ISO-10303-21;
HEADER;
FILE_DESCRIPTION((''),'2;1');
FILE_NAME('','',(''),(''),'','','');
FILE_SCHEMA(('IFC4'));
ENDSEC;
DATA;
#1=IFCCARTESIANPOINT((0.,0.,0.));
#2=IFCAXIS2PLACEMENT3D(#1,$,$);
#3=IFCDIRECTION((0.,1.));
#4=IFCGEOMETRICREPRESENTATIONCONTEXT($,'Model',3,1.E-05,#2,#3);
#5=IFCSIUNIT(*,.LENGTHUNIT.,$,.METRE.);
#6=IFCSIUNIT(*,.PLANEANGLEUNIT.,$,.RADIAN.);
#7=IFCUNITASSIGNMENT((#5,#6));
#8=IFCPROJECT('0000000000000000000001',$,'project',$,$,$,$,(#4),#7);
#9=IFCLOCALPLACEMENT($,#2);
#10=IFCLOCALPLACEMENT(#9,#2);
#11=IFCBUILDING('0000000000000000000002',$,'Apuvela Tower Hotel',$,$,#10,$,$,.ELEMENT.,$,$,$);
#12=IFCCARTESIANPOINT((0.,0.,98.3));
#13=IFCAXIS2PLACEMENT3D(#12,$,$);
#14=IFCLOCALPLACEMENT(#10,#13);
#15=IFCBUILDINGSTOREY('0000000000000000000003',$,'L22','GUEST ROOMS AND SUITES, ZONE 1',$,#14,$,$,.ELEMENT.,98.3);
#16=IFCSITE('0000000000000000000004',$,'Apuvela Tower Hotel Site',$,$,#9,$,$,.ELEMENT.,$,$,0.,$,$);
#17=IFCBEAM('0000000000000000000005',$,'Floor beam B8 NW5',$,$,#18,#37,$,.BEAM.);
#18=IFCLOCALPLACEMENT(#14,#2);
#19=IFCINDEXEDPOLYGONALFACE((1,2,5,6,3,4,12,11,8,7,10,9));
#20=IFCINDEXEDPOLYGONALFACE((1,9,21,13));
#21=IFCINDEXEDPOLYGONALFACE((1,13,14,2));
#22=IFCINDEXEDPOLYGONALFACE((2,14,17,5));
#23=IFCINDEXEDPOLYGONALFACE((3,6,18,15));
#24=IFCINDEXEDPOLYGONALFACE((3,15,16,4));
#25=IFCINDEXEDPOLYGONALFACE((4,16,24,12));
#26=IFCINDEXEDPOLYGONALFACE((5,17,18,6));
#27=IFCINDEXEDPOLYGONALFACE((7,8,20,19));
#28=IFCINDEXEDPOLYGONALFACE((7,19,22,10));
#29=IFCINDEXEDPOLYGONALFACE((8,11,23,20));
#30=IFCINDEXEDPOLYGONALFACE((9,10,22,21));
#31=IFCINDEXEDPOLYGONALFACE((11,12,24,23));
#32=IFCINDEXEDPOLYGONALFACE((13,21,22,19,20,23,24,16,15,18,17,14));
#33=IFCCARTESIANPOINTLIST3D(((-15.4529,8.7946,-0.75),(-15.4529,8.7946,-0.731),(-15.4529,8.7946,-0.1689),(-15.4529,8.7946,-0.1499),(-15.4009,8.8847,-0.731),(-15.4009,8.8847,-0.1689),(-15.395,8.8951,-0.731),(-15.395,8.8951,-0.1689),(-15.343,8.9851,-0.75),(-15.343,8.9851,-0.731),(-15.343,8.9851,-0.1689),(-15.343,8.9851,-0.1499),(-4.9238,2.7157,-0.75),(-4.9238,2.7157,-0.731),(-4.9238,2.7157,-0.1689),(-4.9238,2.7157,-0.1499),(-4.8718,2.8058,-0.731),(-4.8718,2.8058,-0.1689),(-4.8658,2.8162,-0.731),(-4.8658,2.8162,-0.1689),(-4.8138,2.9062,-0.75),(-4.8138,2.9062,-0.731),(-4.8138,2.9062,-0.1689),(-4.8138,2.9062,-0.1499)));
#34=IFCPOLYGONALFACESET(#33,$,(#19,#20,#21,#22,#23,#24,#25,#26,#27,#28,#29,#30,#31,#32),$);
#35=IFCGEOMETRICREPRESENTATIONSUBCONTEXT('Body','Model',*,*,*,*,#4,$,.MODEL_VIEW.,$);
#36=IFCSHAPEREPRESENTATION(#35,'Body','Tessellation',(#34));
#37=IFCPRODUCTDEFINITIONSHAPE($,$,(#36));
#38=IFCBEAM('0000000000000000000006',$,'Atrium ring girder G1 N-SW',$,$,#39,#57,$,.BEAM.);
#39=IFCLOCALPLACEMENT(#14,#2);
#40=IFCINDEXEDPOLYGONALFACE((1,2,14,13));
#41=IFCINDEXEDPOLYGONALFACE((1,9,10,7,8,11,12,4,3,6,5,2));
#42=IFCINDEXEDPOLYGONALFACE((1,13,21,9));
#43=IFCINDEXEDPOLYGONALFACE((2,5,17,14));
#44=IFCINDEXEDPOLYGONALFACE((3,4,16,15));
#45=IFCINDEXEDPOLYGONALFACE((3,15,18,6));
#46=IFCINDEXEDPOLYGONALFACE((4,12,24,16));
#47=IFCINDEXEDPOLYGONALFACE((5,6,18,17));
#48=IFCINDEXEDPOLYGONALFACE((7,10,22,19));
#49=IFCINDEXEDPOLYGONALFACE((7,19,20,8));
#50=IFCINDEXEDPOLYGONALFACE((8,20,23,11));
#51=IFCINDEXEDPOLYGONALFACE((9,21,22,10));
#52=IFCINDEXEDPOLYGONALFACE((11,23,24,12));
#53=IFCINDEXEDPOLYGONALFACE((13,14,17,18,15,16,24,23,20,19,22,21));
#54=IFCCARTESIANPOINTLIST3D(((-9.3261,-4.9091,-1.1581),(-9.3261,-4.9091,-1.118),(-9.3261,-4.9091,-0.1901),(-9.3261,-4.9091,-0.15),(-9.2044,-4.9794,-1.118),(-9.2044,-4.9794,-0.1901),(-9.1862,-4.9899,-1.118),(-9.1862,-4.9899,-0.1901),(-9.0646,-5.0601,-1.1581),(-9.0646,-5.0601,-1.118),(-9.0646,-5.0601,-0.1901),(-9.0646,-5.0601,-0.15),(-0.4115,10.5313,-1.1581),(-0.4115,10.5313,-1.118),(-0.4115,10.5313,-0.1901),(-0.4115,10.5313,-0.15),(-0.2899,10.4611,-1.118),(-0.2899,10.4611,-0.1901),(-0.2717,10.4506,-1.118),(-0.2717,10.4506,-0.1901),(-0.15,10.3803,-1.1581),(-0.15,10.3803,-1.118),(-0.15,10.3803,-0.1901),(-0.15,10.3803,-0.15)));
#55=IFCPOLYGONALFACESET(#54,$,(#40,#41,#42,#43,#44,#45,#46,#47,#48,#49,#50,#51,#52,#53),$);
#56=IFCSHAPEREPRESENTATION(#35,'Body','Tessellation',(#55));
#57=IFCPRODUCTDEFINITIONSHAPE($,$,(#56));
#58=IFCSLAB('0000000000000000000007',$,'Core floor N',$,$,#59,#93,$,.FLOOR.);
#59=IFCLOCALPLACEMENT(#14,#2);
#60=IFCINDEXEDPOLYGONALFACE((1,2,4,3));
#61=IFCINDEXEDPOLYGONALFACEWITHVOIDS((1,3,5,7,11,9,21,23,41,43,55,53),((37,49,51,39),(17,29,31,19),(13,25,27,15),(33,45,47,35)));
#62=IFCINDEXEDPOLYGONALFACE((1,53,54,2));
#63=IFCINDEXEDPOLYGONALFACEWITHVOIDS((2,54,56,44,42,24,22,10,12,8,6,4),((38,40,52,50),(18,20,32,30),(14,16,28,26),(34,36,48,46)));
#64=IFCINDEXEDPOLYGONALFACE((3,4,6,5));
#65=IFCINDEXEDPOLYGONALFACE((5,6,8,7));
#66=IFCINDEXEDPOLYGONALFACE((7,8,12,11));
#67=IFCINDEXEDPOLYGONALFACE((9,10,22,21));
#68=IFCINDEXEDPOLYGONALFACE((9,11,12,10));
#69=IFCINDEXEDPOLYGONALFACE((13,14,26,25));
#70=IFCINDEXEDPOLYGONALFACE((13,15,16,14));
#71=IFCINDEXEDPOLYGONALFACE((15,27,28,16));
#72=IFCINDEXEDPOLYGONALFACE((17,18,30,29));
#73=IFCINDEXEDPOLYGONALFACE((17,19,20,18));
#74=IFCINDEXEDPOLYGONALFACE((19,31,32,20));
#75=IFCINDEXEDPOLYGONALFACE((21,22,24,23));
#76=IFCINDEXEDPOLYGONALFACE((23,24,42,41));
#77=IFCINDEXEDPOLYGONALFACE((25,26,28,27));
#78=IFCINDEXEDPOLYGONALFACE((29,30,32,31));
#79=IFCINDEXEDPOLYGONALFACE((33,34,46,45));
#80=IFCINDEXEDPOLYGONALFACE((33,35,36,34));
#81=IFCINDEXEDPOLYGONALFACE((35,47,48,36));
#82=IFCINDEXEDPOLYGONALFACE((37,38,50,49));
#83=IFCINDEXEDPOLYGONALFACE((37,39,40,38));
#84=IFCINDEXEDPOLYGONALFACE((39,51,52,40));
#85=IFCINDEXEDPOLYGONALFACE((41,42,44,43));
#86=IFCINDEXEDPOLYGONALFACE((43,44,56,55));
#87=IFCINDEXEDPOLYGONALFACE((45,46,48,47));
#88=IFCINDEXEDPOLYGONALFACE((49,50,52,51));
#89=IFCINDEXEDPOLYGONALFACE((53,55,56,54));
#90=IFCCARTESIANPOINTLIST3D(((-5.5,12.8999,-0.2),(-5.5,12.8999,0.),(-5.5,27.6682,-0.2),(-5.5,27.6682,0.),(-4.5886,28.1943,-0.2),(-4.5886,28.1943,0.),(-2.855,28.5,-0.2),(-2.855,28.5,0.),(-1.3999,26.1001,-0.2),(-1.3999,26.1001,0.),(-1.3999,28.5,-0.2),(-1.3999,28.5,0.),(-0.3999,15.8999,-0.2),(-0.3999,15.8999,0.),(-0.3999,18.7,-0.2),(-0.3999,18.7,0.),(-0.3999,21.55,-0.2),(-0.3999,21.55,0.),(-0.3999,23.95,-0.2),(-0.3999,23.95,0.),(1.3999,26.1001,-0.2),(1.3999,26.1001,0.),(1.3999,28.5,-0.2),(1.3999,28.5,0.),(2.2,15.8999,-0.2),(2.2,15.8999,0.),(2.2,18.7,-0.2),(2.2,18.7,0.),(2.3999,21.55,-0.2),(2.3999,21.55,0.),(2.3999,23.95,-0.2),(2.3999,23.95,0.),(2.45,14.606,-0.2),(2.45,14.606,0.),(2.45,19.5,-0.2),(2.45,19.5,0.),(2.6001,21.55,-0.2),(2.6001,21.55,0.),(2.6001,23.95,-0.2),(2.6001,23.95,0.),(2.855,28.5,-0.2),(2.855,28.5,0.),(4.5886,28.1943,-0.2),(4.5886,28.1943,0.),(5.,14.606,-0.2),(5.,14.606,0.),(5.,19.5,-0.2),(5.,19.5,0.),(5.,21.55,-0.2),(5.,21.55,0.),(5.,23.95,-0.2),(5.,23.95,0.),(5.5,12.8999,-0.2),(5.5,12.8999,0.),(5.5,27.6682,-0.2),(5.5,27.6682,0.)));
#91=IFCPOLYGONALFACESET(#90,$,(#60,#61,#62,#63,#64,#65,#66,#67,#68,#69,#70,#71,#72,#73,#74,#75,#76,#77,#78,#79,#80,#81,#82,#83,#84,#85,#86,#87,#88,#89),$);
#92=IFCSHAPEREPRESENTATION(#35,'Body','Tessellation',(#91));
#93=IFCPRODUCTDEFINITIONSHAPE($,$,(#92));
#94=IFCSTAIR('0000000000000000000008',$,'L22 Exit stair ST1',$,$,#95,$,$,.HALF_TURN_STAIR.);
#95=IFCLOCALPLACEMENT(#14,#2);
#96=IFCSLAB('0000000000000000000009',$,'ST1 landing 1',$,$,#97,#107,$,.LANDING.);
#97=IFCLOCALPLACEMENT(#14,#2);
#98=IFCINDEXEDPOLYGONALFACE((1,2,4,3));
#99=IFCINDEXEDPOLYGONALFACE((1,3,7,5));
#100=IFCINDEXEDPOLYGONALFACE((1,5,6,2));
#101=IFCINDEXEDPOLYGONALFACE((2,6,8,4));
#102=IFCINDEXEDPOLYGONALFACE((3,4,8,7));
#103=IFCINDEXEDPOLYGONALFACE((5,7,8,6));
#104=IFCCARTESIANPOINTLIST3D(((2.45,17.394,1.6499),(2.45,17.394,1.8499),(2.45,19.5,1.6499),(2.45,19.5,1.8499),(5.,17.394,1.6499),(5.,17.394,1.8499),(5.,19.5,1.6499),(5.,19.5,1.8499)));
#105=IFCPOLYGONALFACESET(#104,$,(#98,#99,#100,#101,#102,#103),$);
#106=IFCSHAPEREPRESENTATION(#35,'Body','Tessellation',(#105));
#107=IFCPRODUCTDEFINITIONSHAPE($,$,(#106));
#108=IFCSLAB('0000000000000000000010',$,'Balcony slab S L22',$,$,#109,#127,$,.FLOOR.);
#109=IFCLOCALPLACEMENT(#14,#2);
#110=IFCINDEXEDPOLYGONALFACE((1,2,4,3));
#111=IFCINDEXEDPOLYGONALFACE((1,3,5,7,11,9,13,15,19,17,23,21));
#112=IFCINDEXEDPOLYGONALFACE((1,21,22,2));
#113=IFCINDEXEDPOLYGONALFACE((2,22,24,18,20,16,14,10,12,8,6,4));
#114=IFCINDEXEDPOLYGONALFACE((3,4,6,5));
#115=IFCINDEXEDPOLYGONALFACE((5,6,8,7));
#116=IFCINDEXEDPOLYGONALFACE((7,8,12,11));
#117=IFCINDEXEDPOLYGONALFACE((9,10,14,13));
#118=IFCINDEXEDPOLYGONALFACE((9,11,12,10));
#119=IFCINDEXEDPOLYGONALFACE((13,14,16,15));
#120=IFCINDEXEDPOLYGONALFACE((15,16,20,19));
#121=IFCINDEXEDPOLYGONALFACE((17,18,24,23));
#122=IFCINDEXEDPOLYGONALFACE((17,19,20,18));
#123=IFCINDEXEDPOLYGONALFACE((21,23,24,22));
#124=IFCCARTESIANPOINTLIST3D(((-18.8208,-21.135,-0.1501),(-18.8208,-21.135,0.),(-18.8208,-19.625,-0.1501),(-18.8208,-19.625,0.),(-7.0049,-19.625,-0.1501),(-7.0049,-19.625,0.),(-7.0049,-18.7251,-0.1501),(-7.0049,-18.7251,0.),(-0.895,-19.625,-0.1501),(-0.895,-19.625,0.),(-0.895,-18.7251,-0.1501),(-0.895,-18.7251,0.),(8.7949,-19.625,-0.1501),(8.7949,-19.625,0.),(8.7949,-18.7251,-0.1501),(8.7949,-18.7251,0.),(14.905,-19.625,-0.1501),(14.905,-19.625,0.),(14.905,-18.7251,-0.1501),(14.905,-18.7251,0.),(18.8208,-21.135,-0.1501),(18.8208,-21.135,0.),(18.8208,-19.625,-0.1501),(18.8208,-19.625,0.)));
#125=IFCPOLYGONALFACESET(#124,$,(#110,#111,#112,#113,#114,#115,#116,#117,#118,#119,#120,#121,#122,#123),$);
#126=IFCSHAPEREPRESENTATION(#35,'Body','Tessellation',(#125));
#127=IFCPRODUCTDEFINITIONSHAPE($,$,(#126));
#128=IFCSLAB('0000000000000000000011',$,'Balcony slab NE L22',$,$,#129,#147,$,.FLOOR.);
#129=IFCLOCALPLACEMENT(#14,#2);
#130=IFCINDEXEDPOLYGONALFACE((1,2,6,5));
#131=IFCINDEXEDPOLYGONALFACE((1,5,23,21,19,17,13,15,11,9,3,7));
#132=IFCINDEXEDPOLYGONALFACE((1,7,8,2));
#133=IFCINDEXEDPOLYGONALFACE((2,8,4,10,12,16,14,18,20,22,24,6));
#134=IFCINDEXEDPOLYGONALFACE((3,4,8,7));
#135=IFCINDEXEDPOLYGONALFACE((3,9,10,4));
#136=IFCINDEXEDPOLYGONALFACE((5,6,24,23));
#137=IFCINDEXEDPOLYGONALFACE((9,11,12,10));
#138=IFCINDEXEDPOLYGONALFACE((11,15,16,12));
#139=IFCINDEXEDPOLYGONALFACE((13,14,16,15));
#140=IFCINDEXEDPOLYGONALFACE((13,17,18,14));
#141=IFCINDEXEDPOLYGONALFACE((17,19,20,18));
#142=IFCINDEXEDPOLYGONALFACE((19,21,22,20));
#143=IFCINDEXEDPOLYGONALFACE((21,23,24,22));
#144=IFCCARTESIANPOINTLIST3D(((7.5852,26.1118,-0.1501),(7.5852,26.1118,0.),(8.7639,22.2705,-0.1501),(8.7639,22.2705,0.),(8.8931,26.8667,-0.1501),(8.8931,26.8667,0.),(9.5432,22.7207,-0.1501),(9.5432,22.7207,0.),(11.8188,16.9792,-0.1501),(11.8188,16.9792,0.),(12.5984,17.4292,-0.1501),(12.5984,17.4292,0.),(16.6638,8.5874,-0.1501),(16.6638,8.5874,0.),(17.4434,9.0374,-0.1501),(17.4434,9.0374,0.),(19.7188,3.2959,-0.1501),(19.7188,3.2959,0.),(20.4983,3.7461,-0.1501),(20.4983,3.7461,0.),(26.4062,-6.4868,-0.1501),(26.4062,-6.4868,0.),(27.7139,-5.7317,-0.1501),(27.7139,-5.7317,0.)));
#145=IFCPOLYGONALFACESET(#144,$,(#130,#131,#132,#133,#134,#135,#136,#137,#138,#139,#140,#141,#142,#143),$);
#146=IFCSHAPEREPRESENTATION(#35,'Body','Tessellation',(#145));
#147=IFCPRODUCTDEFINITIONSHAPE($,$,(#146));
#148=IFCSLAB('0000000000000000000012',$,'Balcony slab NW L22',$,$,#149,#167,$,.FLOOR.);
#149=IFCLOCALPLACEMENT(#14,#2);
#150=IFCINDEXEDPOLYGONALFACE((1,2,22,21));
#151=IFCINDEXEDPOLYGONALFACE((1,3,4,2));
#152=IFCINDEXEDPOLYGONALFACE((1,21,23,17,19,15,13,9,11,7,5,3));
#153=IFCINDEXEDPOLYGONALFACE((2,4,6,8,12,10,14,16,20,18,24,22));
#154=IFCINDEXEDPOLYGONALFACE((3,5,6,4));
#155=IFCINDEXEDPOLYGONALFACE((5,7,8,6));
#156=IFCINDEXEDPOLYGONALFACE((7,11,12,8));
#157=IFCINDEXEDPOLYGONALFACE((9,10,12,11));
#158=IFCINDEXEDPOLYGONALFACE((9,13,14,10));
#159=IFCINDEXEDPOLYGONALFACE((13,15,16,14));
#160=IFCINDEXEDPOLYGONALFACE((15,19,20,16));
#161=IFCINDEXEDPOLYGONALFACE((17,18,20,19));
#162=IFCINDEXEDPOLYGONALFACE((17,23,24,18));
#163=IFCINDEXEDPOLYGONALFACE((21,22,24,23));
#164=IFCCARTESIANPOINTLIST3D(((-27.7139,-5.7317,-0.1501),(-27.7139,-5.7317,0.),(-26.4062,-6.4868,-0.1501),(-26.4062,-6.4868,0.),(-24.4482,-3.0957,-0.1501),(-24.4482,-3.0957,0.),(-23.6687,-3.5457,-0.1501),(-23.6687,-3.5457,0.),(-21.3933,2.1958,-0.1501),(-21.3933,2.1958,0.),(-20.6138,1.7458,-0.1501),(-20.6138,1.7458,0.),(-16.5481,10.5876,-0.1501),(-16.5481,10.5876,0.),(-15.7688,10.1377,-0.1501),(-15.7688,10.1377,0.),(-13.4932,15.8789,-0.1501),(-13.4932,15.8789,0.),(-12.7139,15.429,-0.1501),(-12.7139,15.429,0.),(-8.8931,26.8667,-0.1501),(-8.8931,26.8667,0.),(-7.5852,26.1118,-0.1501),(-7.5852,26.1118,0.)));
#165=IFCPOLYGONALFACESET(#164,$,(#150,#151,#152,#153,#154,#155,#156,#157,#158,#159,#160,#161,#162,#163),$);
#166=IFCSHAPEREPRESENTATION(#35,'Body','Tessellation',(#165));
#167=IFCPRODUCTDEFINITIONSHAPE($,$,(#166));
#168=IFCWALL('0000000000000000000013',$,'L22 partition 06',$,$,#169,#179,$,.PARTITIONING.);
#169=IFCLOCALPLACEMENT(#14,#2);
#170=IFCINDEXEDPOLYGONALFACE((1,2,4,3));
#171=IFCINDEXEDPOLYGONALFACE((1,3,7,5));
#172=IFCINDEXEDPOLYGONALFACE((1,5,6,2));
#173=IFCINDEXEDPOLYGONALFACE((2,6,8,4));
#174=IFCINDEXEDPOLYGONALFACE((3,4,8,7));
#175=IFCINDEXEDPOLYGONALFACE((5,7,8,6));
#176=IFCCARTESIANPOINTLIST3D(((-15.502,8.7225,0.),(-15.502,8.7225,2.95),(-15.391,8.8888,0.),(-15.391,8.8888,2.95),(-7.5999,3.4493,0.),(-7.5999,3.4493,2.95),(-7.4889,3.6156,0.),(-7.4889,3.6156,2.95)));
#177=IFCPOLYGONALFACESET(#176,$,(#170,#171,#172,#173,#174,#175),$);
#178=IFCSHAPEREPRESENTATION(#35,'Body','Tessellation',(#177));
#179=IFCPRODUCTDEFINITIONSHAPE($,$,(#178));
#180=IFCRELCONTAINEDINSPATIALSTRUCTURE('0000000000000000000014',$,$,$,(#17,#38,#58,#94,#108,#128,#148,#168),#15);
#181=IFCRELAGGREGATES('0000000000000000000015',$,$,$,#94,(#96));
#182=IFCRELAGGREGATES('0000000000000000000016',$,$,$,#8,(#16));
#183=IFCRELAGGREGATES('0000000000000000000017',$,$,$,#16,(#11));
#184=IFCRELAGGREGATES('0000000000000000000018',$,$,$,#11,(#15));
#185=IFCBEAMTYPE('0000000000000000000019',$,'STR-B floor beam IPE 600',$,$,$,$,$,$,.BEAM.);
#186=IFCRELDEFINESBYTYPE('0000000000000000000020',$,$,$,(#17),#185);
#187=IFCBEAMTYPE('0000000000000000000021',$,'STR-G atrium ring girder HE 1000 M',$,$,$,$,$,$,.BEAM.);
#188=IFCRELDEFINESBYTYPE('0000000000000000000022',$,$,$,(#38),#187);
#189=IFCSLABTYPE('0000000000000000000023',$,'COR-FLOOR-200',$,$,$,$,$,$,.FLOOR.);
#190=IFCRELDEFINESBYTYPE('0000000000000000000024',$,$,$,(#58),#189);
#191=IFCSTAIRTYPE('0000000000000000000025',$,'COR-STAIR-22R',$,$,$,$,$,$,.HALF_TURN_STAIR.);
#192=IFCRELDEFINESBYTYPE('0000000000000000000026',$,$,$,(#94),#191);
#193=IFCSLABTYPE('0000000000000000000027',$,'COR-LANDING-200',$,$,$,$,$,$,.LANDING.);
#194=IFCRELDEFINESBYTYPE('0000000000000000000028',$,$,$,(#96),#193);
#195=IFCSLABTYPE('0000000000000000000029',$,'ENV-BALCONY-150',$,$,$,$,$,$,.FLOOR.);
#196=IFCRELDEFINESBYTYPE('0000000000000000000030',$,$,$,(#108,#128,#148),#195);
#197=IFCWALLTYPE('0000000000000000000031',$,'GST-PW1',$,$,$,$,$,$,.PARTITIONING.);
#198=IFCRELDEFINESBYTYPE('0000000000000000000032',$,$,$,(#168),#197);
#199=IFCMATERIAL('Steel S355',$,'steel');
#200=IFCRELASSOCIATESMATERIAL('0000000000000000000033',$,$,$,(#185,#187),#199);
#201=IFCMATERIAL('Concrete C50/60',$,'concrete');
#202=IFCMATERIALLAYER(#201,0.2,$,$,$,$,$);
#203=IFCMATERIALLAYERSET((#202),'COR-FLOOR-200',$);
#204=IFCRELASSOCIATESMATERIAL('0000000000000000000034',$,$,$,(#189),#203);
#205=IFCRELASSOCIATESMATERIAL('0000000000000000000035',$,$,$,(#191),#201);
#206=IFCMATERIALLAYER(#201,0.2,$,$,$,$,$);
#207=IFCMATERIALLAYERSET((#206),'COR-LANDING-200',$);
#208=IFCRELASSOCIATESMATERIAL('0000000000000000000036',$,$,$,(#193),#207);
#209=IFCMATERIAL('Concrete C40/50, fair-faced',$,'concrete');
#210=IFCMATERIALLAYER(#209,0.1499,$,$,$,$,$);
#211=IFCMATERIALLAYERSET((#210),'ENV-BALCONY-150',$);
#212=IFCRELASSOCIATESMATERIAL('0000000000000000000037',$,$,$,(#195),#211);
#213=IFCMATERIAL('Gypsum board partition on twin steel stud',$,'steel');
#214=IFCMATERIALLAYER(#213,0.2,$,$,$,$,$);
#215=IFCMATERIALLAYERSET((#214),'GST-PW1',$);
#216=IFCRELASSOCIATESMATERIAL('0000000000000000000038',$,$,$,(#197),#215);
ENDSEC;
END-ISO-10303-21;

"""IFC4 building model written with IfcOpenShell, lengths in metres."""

from ifc_helpers import new_model, si_unit, direction, frame, frame_2d, origin, origin_2d, place, context, subcontext, project, spatial, polyline, rectangle, i_section, outline, extrude, material, layer, layer_set, material_profile, profile_set, type_object, element, aggregate, save


model = new_model("IFC4")

# Units and contexts
model_context = context("Model", 3, precision=1e-05, world=origin(), true_north=direction((0.0, 1.0)))
body_context = subcontext(model_context, "Body", "Model", "MODEL_VIEW")
ifc_project = project(units=[si_unit("LENGTHUNIT", "METRE"), si_unit("PLANEANGLEUNIT", "RADIAN")], contexts=[model_context])

# Site, building, storey
site_placement = place(None, origin())
site = spatial("IfcSite", under=ifc_project, at=site_placement, Name="Apuvela Tower Hotel Site", CompositionType="ELEMENT", RefElevation=0.0)
building_placement = place(site_placement, origin())
building = spatial("IfcBuilding", under=site, at=building_placement, Name="Apuvela Tower Hotel", CompositionType="ELEMENT")
storey_placement = place(building_placement, frame((0.0, 0.0, 98.3)))
storey = spatial("IfcBuildingStorey", under=building, at=storey_placement, Name="L22", Description="GUEST ROOMS AND SUITES, ZONE 1", CompositionType="ELEMENT", Elevation=98.3)

# Beams
ifc_material_1 = material(Name="Steel S355", Category="steel")
ifc_material_profile_1 = material_profile(ifc_material_1, i_section(OverallWidth=0.22, OverallDepth=0.6001, WebThickness=0.012, FlangeThickness=0.019, at=origin_2d()), Name="IPE 600")
ifc_profile_set_1 = profile_set([ifc_material_profile_1], Name="Steel S355")
beam_type_1 = type_object("IfcBeamType", Name="STR-B floor beam IPE 600", PredefinedType="BEAM", material=ifc_profile_set_1)
beam_1_placement = place(storey_placement, frame((-15.3979, 8.8899, -0.45), z_axis=(0.866029, -0.499994, 0.0), x_axis=(0.499994, 0.866029, 0.0)))
element("IfcBeam", 1, at=beam_1_placement, inside=storey, type_object=beam_type_1, Name="Floor beam B8 NW5", PredefinedType="BEAM", context=body_context, shape_type="SweptSolid", body=[
    extrude(i_section(OverallWidth=0.22, OverallDepth=0.6001, WebThickness=0.012, FlangeThickness=0.019, at=origin_2d()), origin(), (0.0, 0.0, 1.0), 12.158),
])
ifc_material_profile_2 = material_profile(ifc_material_1, i_section(OverallWidth=0.302, OverallDepth=1.0081, WebThickness=0.021, FlangeThickness=0.04, at=origin_2d()), Name="HE 1000 M")
ifc_profile_set_2 = profile_set([ifc_material_profile_2], Name="Steel S355")
beam_type_2 = type_object("IfcBeamType", Name="STR-G atrium ring girder HE 1000 M", PredefinedType="BEAM", material=ifc_profile_set_2)
beam_2_placement = place(storey_placement, frame((-0.2808, 10.4558, -0.6541), z_axis=(-0.500001, -0.866025, 0.0), x_axis=(0.866025, -0.500001, 0.0)))
element("IfcBeam", 2, at=beam_2_placement, inside=storey, type_object=beam_type_2, Name="Atrium ring girder G1 N-SW", PredefinedType="BEAM", context=body_context, shape_type="SweptSolid", body=[
    extrude(i_section(OverallWidth=0.302, OverallDepth=1.0081, WebThickness=0.021, FlangeThickness=0.04, at=origin_2d()), origin(), (0.0, 0.0, 1.0), 17.8291),
])

# Slab
ifc_material_2 = material(Name="Concrete C50/60", Category="concrete")
ifc_layer_1 = layer(ifc_material_2, 0.2)
ifc_layer_set_1 = layer_set([ifc_layer_1], Name="COR-FLOOR-200")
slab_type_1 = type_object("IfcSlabType", Name="COR-FLOOR-200", PredefinedType="FLOOR", material=ifc_layer_set_1)
slab_1_placement = place(storey_placement, frame((0.0, 0.0, -0.2)))
element("IfcSlab", 3, at=slab_1_placement, inside=storey, type_object=slab_type_1, Name="Core floor N", PredefinedType="FLOOR", context=body_context, shape_type="SweptSolid", body=[
    extrude(outline(polyline([(5.5, 27.6682), (4.5886, 28.1943), (2.855, 28.5), (1.3999, 28.5), (1.3999, 26.1001), (-1.3999, 26.1001), (-1.3999, 28.5), (-2.855, 28.5), (-4.5886, 28.1943), (-5.5, 27.6682), (-5.5, 12.8999), (5.5, 12.8999), (5.5, 27.6682)]), holes=[polyline([(5.0, 14.606), (2.45, 14.606), (2.45, 19.5), (5.0, 19.5), (5.0, 14.606)]), polyline([(2.2, 15.8999), (-0.3999, 15.8999), (-0.3999, 18.7), (2.2, 18.7), (2.2, 15.8999)]), polyline([(5.0, 21.55), (2.6001, 21.55), (2.6001, 23.95), (5.0, 23.95), (5.0, 21.55)]), polyline([(2.3999, 21.55), (-0.3999, 21.55), (-0.3999, 23.95), (2.3999, 23.95), (2.3999, 21.55)])]), origin(), (0.0, 0.0, 1.0), 0.2),
])

# Stair, slab
stair_type = type_object("IfcStairType", Name="COR-STAIR-22R", PredefinedType="HALF_TURN_STAIR", material=ifc_material_2)
stair_placement = place(storey_placement, origin())
stair = element("IfcStair", 4, at=stair_placement, inside=storey, type_object=stair_type, Name="L22 Exit stair ST1", PredefinedType="HALF_TURN_STAIR")
ifc_layer_2 = layer(ifc_material_2, 0.2)
ifc_layer_set_2 = layer_set([ifc_layer_2], Name="COR-LANDING-200")
slab_type_2 = type_object("IfcSlabType", Name="COR-LANDING-200", PredefinedType="LANDING", material=ifc_layer_set_2)
slab_2_placement = place(storey_placement, frame((0.0, 0.0, 1.6499)))
slab_2 = element("IfcSlab", 5, at=slab_2_placement, type_object=slab_type_2, Name="ST1 landing 1", PredefinedType="LANDING", context=body_context, shape_type="SweptSolid", body=[
    extrude(outline(polyline([(5.0, 17.394), (5.0, 19.5), (2.45, 19.5), (2.45, 17.394), (5.0, 17.394)])), origin(), (0.0, 0.0, 1.0), 0.2),
])
aggregate(stair, [slab_2])

# Slabs
ifc_material_3 = material(Name="Concrete C40/50, fair-faced", Category="concrete")
ifc_layer_3 = layer(ifc_material_3, 0.1499)
ifc_layer_set_3 = layer_set([ifc_layer_3], Name="ENV-BALCONY-150")
slab_type_3 = type_object("IfcSlabType", Name="ENV-BALCONY-150", PredefinedType="FLOOR", material=ifc_layer_set_3)
slab_3_placement = place(storey_placement, frame((0.0, 0.0, -0.1501)))
element("IfcSlab", 6, at=slab_3_placement, inside=storey, type_object=slab_type_3, Name="Balcony slab S L22", PredefinedType="FLOOR", context=body_context, shape_type="SweptSolid", body=[
    extrude(outline(polyline([(18.8208, -21.135), (-18.8208, -21.135), (-18.8208, -19.625), (-7.0049, -19.625), (-7.0049, -18.7251), (-0.895, -18.7251), (-0.895, -19.625), (8.7949, -19.625), (8.7949, -18.7251), (14.905, -18.7251), (14.905, -19.625), (18.8208, -19.625), (18.8208, -21.135)])), origin(), (0.0, 0.0, 1.0), 0.1501),
])
slab_4_placement = place(storey_placement, frame((0.0, 0.0, -0.1501)))
element("IfcSlab", 7, at=slab_4_placement, inside=storey, type_object=slab_type_3, Name="Balcony slab NE L22", PredefinedType="FLOOR", context=body_context, shape_type="SweptSolid", body=[
    extrude(outline(polyline([(17.4434, 9.0374), (12.5984, 17.4292), (11.8188, 16.9792), (8.7639, 22.2705), (9.5432, 22.7207), (7.5852, 26.1118), (8.8931, 26.8667), (27.7139, -5.7317), (26.4062, -6.4868), (20.4983, 3.7461), (19.7188, 3.2959), (16.6638, 8.5874), (17.4434, 9.0374)])), origin(), (0.0, 0.0, 1.0), 0.1501),
])
slab_5_placement = place(storey_placement, frame((0.0, 0.0, -0.1501)))
element("IfcSlab", 8, at=slab_5_placement, inside=storey, type_object=slab_type_3, Name="Balcony slab NW L22", PredefinedType="FLOOR", context=body_context, shape_type="SweptSolid", body=[
    extrude(outline(polyline([(-27.7139, -5.7317), (-8.8931, 26.8667), (-7.5852, 26.1118), (-13.4932, 15.8789), (-12.7139, 15.429), (-15.7688, 10.1377), (-16.5481, 10.5876), (-21.3933, 2.1958), (-20.6138, 1.7458), (-23.6687, -3.5457), (-24.4482, -3.0957), (-26.4062, -6.4868), (-27.7139, -5.7317)])), origin(), (0.0, 0.0, 1.0), 0.1501),
])

# Wall
ifc_material_4 = material(Name="Gypsum board partition on twin steel stud", Category="steel")
ifc_layer_4 = layer(ifc_material_4, 0.2)
ifc_layer_set_4 = layer_set([ifc_layer_4], Name="GST-PW1")
wall_type_1 = type_object("IfcWallType", Name="GST-PW1", PredefinedType="PARTITIONING", material=ifc_layer_set_4)
wall_1_placement = place(storey_placement, frame((-15.4465, 8.8057, 0.0), z_axis=(0.0, 0.0, 1.0), x_axis=(0.831801, -0.555074, 0.0)))
element("IfcWall", 9, at=wall_1_placement, inside=storey, type_object=wall_type_1, Name="L22 partition 06", PredefinedType="PARTITIONING", context=body_context, shape_type="SweptSolid", body=[
    extrude(rectangle(XDim=9.5, YDim=0.2, at=frame_2d((4.75, 0.0))), origin(), (0.0, 0.0, 1.0), 2.95),
])

save(model, "model.ifc")
